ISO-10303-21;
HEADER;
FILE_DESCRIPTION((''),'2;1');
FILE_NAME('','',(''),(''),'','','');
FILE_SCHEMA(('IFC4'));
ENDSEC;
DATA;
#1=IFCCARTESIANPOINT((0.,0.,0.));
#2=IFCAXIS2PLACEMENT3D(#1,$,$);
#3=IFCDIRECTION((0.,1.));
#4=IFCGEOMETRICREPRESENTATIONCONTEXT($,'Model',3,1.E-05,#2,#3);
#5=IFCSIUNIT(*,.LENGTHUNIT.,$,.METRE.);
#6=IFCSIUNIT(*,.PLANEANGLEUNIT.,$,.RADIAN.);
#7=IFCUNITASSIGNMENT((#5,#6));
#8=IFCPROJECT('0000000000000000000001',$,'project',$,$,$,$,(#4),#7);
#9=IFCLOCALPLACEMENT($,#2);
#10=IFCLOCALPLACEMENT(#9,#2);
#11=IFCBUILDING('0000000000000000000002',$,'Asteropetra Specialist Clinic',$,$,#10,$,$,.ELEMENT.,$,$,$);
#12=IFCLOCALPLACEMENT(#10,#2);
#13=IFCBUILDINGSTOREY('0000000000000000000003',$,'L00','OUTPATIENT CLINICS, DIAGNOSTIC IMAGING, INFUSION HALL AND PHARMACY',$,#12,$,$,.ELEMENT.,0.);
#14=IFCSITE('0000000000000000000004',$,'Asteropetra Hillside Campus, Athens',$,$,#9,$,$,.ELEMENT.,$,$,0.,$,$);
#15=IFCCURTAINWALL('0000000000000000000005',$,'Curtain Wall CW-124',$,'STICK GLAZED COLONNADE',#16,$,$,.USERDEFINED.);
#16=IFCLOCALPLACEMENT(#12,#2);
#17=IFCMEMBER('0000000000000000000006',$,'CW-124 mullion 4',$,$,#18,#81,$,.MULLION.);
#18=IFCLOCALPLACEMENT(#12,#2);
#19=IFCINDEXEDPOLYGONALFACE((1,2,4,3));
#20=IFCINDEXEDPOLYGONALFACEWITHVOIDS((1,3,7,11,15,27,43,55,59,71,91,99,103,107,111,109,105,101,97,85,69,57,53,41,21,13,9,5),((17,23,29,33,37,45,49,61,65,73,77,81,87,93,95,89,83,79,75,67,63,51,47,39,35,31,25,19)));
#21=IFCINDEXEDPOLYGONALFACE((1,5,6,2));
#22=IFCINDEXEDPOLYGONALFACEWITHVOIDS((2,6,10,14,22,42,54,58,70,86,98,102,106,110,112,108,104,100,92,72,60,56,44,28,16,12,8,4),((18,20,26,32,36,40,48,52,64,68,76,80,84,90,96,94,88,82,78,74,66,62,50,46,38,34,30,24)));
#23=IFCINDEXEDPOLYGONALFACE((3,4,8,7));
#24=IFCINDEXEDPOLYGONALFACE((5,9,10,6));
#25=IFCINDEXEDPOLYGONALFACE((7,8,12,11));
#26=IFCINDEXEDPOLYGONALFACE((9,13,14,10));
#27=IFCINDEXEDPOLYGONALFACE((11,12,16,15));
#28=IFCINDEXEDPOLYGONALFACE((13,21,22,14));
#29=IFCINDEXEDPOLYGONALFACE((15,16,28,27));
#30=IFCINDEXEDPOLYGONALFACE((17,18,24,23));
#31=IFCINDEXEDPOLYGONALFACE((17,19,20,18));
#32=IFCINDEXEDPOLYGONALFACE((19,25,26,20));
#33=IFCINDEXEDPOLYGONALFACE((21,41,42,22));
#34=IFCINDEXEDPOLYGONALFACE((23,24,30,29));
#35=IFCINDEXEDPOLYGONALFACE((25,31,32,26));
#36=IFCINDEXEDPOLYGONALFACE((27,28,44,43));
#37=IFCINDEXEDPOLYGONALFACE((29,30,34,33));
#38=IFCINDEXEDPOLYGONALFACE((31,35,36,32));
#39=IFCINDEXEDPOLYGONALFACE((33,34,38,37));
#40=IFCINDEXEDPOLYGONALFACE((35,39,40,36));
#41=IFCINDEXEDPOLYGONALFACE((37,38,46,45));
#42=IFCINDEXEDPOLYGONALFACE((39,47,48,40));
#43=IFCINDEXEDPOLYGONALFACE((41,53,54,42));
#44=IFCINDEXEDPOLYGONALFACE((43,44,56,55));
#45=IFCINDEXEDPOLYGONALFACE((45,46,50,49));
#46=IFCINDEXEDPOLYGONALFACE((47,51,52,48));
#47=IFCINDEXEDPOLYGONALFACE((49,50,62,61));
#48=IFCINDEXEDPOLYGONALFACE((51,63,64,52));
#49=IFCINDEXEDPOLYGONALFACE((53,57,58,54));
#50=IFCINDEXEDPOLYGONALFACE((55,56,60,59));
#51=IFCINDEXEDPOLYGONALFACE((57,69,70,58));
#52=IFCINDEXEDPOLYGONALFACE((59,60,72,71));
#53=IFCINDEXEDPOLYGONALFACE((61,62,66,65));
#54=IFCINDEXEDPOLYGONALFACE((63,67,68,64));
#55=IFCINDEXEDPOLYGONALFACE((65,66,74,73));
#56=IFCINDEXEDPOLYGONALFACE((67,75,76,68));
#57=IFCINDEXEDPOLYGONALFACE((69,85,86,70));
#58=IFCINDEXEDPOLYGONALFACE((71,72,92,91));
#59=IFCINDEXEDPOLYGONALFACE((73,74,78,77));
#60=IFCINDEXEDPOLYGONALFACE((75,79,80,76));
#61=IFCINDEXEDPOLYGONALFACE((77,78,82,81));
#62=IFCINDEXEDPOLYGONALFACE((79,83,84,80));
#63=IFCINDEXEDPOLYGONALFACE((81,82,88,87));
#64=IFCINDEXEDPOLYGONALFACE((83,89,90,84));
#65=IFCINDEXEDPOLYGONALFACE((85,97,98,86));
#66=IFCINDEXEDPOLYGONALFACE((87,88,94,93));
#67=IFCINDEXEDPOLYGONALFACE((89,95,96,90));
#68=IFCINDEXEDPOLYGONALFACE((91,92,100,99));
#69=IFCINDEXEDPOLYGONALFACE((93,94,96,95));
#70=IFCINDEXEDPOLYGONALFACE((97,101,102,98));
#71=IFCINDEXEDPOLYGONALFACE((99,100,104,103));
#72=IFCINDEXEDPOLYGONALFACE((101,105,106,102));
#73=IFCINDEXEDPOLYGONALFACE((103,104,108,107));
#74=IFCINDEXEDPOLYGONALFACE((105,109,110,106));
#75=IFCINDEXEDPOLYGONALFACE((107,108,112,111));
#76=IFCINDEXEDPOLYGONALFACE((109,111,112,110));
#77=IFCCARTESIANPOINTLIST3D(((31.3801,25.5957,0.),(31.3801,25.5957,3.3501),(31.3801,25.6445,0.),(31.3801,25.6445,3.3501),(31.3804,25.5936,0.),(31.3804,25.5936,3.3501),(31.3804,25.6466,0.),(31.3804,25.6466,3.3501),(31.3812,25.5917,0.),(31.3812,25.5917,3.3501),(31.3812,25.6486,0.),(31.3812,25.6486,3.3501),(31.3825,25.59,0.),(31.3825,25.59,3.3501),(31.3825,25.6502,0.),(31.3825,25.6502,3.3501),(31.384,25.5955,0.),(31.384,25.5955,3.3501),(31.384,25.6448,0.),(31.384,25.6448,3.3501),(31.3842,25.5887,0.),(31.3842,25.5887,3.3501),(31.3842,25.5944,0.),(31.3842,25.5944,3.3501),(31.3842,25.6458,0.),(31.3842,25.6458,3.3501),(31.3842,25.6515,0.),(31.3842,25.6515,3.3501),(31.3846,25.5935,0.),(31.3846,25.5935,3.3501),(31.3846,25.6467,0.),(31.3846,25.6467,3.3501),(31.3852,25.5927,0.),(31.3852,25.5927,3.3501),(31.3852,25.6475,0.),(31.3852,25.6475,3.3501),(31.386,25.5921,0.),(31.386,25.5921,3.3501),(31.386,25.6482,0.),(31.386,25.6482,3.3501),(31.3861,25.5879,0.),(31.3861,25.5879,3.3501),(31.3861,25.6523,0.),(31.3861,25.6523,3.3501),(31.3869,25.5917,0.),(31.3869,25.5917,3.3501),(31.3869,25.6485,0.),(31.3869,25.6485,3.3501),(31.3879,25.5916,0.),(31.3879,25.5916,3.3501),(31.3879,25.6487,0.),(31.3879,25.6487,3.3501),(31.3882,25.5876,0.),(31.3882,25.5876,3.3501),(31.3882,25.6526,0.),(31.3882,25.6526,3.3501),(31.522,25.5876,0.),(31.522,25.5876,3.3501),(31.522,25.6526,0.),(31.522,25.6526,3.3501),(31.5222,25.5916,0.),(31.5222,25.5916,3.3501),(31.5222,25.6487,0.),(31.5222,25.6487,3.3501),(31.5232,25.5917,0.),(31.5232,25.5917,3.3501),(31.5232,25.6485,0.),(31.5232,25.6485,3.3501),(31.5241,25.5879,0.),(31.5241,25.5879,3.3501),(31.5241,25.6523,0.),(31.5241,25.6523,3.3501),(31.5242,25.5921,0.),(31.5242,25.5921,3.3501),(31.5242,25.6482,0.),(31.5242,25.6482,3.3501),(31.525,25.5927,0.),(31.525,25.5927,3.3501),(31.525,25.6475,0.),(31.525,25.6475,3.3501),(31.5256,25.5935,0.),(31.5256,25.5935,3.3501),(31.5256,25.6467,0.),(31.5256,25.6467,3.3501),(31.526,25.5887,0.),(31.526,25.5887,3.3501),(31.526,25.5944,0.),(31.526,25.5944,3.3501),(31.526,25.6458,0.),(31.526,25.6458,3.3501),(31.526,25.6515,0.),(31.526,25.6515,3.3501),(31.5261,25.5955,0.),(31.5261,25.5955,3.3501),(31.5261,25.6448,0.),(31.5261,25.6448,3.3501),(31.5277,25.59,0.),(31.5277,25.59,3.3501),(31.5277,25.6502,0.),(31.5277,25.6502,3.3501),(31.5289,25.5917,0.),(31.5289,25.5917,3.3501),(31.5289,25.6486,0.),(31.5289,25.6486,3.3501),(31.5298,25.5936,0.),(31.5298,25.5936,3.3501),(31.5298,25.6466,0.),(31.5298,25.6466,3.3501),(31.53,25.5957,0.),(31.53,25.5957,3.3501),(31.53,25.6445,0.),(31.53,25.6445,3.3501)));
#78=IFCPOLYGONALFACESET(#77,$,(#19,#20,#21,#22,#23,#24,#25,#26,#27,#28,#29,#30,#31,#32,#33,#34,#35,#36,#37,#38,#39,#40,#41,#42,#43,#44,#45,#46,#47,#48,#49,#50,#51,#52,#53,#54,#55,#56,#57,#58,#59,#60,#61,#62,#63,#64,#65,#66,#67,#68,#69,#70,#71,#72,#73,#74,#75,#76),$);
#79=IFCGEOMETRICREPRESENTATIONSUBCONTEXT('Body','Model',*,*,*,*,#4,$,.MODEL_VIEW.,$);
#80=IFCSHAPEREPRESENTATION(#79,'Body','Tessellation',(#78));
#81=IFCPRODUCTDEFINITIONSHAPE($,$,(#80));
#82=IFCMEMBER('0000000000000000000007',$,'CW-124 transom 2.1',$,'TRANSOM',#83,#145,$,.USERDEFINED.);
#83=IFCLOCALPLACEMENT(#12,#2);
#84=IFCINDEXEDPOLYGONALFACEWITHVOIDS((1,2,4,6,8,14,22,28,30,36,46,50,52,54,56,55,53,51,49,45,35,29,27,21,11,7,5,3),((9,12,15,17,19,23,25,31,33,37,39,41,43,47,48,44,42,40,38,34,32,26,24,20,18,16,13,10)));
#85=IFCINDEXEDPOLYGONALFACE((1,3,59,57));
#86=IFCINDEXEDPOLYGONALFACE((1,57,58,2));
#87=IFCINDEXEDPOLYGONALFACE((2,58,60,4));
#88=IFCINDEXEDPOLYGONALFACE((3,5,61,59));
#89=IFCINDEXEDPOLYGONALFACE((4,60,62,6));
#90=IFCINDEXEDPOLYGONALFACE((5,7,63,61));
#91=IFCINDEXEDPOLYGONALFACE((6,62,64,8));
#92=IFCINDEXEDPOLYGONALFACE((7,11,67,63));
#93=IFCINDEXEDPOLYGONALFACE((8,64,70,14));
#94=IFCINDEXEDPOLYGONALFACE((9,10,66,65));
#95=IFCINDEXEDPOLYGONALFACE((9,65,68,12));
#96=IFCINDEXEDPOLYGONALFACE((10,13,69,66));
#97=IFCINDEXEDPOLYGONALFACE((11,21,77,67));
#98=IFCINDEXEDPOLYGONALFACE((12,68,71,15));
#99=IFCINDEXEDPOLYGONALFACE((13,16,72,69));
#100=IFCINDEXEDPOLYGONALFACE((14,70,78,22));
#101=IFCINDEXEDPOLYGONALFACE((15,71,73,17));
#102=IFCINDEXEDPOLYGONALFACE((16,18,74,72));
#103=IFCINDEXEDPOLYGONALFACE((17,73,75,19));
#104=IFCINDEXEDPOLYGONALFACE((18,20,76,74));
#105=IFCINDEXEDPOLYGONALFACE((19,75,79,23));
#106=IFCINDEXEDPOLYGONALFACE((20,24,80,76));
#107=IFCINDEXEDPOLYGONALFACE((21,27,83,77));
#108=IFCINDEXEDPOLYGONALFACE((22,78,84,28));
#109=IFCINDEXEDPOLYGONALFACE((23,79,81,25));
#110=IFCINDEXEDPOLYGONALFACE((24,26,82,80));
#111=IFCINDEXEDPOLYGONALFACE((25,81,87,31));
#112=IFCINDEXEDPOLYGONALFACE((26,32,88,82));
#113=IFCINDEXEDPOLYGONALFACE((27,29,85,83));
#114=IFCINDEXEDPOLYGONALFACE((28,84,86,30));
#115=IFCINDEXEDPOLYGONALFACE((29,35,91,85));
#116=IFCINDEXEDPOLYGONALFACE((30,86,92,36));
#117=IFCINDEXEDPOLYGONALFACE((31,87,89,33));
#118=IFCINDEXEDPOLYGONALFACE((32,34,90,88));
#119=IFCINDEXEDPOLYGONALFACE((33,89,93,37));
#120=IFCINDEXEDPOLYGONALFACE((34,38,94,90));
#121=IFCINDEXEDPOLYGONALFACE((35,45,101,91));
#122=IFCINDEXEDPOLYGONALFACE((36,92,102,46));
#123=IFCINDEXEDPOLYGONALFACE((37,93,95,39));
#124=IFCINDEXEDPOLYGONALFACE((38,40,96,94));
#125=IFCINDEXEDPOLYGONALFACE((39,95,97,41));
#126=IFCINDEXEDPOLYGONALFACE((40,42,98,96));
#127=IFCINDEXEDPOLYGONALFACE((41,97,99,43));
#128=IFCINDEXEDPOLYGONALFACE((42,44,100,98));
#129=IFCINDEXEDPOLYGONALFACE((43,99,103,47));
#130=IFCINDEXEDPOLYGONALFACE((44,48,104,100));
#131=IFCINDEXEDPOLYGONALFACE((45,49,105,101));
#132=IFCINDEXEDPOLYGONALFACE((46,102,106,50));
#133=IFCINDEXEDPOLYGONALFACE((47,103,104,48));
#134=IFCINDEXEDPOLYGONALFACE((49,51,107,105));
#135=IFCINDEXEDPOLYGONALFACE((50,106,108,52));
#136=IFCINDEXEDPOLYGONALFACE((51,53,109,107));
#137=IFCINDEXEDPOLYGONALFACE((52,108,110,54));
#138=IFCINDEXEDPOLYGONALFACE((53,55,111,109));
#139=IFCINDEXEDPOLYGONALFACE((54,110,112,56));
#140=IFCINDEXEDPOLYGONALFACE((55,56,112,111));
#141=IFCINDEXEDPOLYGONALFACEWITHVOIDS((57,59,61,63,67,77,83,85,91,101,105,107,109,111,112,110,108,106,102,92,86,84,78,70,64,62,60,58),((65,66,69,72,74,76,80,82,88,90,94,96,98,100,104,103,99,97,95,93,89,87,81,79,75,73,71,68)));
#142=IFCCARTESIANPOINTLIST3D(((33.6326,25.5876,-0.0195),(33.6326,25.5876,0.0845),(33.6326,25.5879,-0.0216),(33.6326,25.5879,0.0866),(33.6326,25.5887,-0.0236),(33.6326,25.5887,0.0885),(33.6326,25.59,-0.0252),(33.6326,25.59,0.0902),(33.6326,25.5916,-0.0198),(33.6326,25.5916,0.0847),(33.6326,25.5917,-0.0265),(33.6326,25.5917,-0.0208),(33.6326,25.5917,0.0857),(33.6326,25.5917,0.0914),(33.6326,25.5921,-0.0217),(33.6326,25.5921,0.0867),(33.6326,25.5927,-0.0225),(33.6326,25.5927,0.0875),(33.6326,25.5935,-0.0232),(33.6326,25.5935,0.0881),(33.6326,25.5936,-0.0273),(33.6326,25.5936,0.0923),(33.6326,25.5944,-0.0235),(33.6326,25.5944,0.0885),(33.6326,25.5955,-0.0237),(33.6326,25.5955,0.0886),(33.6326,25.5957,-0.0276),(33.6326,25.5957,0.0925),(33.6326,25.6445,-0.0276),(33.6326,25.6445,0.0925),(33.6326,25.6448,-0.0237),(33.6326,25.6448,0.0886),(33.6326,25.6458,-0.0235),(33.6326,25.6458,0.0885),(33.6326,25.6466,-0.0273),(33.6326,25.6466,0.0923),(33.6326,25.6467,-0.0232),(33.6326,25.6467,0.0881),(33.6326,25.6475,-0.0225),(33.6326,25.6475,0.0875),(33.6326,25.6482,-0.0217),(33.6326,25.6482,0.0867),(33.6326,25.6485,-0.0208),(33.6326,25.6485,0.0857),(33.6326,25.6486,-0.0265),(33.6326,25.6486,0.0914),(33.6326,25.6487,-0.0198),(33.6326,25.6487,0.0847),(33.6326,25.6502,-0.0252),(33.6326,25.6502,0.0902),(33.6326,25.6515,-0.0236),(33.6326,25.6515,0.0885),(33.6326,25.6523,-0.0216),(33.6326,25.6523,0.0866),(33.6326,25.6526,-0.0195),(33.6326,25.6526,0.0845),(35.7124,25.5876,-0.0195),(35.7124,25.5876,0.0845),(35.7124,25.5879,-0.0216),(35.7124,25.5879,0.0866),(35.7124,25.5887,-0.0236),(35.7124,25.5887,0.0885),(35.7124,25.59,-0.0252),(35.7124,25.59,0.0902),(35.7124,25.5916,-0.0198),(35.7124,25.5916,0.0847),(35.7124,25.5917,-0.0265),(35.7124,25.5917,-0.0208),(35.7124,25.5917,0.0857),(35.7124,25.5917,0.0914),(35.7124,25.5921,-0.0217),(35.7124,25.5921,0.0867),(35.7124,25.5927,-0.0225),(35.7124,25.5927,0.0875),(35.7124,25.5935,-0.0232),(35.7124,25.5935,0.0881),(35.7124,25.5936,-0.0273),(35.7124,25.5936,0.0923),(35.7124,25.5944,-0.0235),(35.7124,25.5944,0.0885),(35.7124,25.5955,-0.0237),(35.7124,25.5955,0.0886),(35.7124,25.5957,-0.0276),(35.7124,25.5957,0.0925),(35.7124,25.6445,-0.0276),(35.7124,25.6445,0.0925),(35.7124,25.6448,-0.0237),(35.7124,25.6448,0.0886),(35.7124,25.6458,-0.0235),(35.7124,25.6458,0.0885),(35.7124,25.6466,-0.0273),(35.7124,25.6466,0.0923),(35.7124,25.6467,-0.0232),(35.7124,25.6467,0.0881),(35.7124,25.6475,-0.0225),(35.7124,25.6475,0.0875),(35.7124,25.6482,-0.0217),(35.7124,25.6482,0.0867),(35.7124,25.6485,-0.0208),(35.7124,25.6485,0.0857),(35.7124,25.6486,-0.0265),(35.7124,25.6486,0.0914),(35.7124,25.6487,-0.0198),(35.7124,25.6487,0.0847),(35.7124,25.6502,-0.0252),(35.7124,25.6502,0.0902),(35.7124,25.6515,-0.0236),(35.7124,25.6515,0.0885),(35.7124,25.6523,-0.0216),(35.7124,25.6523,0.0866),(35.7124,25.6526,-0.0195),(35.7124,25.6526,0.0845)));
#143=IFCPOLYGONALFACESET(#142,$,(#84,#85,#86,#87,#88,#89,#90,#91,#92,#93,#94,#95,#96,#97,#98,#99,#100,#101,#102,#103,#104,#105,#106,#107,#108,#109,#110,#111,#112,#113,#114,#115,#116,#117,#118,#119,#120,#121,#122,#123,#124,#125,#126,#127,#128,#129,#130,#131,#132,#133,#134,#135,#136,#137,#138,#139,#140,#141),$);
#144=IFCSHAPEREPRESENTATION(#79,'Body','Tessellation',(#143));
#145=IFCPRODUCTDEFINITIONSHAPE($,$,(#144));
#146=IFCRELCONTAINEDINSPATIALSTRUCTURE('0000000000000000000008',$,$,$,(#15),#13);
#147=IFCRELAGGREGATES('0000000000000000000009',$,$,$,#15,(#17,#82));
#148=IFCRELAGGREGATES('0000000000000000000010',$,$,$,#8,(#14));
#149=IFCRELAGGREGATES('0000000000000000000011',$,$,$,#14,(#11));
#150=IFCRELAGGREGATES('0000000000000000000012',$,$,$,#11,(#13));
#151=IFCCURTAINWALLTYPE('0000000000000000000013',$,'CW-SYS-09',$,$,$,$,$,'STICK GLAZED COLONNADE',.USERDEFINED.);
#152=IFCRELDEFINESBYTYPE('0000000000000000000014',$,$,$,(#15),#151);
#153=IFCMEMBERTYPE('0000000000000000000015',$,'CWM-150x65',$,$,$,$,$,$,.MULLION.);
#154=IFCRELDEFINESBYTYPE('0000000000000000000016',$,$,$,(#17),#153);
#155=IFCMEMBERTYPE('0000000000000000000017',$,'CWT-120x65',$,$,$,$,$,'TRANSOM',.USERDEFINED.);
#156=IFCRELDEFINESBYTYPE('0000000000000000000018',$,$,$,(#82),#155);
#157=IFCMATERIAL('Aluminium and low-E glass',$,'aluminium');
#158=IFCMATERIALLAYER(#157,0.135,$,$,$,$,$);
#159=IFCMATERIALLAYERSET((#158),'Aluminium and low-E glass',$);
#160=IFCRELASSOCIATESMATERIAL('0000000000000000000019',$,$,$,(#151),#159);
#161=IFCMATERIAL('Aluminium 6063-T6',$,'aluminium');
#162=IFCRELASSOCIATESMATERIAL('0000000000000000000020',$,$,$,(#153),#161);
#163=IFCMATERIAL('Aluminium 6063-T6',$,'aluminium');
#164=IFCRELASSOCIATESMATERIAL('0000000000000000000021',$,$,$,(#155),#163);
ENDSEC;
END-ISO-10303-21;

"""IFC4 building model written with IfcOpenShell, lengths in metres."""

from ifc_helpers import new_model, si_unit, direction, frame, origin, origin_2d, place, context, subcontext, project, spatial, hollow_rectangle, extrude, material, layer, layer_set, material_profile, profile_set, type_object, element, aggregate, save


model = new_model("IFC4")

# Units and contexts
model_context = context("Model", 3, precision=1e-05, world=origin(), true_north=direction((0.0, 1.0)))
body_context = subcontext(model_context, "Body", "Model", "MODEL_VIEW")
ifc_project = project(units=[si_unit("LENGTHUNIT", "METRE"), si_unit("PLANEANGLEUNIT", "RADIAN")], contexts=[model_context])

# Site, building, storey
site_placement = place(None, origin())
site = spatial("IfcSite", under=ifc_project, at=site_placement, Name="Asteropetra Hillside Campus, Athens", CompositionType="ELEMENT", RefElevation=0.0)
building_placement = place(site_placement, origin())
building = spatial("IfcBuilding", under=site, at=building_placement, Name="Asteropetra Specialist Clinic", CompositionType="ELEMENT")
storey_placement = place(building_placement, origin())
storey = spatial("IfcBuildingStorey", under=building, at=storey_placement, Name="L00", Description="OUTPATIENT CLINICS, DIAGNOSTIC IMAGING, INFUSION HALL AND PHARMACY", CompositionType="ELEMENT", Elevation=0.0)

# Curtain wall, members
ifc_material_1 = material(Name="Aluminium and low-E glass", Category="aluminium")
ifc_layer_1 = layer(ifc_material_1, 0.135)
ifc_layer_set_1 = layer_set([ifc_layer_1], Name="Aluminium and low-E glass")
curtain_wall_type = type_object("IfcCurtainWallType", Name="CW-SYS-09", ElementType="STICK GLAZED COLONNADE", PredefinedType="USERDEFINED", material=ifc_layer_set_1)
curtain_wall_placement = place(storey_placement, origin())
curtain_wall = element("IfcCurtainWall", 1, at=curtain_wall_placement, inside=storey, type_object=curtain_wall_type, Name="Curtain Wall CW-124", ObjectType="STICK GLAZED COLONNADE", PredefinedType="USERDEFINED")
ifc_material_2 = material(Name="Aluminium 6063-T6", Category="aluminium")
ifc_material_profile_1 = material_profile(ifc_material_2, hollow_rectangle(XDim=0.0649, YDim=0.1499, WallThickness=0.0039, InnerFilletRadius=0.0039, OuterFilletRadius=0.0081, at=origin_2d()), Name="MUL 150x65x4.0")
ifc_profile_set_1 = profile_set([ifc_material_profile_1], Name="Aluminium 6063-T6")
member_type_1 = type_object("IfcMemberType", Name="CWM-150x65", PredefinedType="MULLION", material=ifc_profile_set_1)
member_1_placement = place(storey_placement, frame((31.4551, 25.6201, 0.0), z_axis=(0.0, 0.0, 1.0), x_axis=(0.0, -1.0, 0.0)))
member_1 = element("IfcMember", 2, at=member_1_placement, type_object=member_type_1, Name="CW-124 mullion 4", PredefinedType="MULLION", context=body_context, shape_type="SweptSolid", body=[
    extrude(hollow_rectangle(XDim=0.0649, YDim=0.1499, WallThickness=0.0039, InnerFilletRadius=0.0039, OuterFilletRadius=0.0081, at=origin_2d()), origin(), (0.0, 0.0, 1.0), 3.3501),
])
ifc_material_3 = material(Name="Aluminium 6063-T6", Category="aluminium")
ifc_material_profile_2 = material_profile(ifc_material_3, hollow_rectangle(XDim=0.0649, YDim=0.1201, WallThickness=0.0039, InnerFilletRadius=0.0039, OuterFilletRadius=0.0081, at=origin_2d()), Name="TRN 120x65x4.0")
ifc_profile_set_2 = profile_set([ifc_material_profile_2], Name="Aluminium 6063-T6")
member_type_2 = type_object("IfcMemberType", Name="CWT-120x65", ElementType="TRANSOM", PredefinedType="USERDEFINED", material=ifc_profile_set_2)
member_2_placement = place(storey_placement, frame((35.7124, 25.6201, 0.0325), z_axis=(-1.0, 0.0, 0.0), x_axis=(0.0, -1.0, 0.0)))
member_2 = element("IfcMember", 3, at=member_2_placement, type_object=member_type_2, Name="CW-124 transom 2.1", ObjectType="TRANSOM", PredefinedType="USERDEFINED", context=body_context, shape_type="SweptSolid", body=[
    extrude(hollow_rectangle(XDim=0.0649, YDim=0.1201, WallThickness=0.0039, InnerFilletRadius=0.0039, OuterFilletRadius=0.0081, at=origin_2d()), origin(), (0.0, 0.0, 1.0), 2.0798),
])

aggregate(curtain_wall, [member_1, member_2])

save(model, "model.ifc")
